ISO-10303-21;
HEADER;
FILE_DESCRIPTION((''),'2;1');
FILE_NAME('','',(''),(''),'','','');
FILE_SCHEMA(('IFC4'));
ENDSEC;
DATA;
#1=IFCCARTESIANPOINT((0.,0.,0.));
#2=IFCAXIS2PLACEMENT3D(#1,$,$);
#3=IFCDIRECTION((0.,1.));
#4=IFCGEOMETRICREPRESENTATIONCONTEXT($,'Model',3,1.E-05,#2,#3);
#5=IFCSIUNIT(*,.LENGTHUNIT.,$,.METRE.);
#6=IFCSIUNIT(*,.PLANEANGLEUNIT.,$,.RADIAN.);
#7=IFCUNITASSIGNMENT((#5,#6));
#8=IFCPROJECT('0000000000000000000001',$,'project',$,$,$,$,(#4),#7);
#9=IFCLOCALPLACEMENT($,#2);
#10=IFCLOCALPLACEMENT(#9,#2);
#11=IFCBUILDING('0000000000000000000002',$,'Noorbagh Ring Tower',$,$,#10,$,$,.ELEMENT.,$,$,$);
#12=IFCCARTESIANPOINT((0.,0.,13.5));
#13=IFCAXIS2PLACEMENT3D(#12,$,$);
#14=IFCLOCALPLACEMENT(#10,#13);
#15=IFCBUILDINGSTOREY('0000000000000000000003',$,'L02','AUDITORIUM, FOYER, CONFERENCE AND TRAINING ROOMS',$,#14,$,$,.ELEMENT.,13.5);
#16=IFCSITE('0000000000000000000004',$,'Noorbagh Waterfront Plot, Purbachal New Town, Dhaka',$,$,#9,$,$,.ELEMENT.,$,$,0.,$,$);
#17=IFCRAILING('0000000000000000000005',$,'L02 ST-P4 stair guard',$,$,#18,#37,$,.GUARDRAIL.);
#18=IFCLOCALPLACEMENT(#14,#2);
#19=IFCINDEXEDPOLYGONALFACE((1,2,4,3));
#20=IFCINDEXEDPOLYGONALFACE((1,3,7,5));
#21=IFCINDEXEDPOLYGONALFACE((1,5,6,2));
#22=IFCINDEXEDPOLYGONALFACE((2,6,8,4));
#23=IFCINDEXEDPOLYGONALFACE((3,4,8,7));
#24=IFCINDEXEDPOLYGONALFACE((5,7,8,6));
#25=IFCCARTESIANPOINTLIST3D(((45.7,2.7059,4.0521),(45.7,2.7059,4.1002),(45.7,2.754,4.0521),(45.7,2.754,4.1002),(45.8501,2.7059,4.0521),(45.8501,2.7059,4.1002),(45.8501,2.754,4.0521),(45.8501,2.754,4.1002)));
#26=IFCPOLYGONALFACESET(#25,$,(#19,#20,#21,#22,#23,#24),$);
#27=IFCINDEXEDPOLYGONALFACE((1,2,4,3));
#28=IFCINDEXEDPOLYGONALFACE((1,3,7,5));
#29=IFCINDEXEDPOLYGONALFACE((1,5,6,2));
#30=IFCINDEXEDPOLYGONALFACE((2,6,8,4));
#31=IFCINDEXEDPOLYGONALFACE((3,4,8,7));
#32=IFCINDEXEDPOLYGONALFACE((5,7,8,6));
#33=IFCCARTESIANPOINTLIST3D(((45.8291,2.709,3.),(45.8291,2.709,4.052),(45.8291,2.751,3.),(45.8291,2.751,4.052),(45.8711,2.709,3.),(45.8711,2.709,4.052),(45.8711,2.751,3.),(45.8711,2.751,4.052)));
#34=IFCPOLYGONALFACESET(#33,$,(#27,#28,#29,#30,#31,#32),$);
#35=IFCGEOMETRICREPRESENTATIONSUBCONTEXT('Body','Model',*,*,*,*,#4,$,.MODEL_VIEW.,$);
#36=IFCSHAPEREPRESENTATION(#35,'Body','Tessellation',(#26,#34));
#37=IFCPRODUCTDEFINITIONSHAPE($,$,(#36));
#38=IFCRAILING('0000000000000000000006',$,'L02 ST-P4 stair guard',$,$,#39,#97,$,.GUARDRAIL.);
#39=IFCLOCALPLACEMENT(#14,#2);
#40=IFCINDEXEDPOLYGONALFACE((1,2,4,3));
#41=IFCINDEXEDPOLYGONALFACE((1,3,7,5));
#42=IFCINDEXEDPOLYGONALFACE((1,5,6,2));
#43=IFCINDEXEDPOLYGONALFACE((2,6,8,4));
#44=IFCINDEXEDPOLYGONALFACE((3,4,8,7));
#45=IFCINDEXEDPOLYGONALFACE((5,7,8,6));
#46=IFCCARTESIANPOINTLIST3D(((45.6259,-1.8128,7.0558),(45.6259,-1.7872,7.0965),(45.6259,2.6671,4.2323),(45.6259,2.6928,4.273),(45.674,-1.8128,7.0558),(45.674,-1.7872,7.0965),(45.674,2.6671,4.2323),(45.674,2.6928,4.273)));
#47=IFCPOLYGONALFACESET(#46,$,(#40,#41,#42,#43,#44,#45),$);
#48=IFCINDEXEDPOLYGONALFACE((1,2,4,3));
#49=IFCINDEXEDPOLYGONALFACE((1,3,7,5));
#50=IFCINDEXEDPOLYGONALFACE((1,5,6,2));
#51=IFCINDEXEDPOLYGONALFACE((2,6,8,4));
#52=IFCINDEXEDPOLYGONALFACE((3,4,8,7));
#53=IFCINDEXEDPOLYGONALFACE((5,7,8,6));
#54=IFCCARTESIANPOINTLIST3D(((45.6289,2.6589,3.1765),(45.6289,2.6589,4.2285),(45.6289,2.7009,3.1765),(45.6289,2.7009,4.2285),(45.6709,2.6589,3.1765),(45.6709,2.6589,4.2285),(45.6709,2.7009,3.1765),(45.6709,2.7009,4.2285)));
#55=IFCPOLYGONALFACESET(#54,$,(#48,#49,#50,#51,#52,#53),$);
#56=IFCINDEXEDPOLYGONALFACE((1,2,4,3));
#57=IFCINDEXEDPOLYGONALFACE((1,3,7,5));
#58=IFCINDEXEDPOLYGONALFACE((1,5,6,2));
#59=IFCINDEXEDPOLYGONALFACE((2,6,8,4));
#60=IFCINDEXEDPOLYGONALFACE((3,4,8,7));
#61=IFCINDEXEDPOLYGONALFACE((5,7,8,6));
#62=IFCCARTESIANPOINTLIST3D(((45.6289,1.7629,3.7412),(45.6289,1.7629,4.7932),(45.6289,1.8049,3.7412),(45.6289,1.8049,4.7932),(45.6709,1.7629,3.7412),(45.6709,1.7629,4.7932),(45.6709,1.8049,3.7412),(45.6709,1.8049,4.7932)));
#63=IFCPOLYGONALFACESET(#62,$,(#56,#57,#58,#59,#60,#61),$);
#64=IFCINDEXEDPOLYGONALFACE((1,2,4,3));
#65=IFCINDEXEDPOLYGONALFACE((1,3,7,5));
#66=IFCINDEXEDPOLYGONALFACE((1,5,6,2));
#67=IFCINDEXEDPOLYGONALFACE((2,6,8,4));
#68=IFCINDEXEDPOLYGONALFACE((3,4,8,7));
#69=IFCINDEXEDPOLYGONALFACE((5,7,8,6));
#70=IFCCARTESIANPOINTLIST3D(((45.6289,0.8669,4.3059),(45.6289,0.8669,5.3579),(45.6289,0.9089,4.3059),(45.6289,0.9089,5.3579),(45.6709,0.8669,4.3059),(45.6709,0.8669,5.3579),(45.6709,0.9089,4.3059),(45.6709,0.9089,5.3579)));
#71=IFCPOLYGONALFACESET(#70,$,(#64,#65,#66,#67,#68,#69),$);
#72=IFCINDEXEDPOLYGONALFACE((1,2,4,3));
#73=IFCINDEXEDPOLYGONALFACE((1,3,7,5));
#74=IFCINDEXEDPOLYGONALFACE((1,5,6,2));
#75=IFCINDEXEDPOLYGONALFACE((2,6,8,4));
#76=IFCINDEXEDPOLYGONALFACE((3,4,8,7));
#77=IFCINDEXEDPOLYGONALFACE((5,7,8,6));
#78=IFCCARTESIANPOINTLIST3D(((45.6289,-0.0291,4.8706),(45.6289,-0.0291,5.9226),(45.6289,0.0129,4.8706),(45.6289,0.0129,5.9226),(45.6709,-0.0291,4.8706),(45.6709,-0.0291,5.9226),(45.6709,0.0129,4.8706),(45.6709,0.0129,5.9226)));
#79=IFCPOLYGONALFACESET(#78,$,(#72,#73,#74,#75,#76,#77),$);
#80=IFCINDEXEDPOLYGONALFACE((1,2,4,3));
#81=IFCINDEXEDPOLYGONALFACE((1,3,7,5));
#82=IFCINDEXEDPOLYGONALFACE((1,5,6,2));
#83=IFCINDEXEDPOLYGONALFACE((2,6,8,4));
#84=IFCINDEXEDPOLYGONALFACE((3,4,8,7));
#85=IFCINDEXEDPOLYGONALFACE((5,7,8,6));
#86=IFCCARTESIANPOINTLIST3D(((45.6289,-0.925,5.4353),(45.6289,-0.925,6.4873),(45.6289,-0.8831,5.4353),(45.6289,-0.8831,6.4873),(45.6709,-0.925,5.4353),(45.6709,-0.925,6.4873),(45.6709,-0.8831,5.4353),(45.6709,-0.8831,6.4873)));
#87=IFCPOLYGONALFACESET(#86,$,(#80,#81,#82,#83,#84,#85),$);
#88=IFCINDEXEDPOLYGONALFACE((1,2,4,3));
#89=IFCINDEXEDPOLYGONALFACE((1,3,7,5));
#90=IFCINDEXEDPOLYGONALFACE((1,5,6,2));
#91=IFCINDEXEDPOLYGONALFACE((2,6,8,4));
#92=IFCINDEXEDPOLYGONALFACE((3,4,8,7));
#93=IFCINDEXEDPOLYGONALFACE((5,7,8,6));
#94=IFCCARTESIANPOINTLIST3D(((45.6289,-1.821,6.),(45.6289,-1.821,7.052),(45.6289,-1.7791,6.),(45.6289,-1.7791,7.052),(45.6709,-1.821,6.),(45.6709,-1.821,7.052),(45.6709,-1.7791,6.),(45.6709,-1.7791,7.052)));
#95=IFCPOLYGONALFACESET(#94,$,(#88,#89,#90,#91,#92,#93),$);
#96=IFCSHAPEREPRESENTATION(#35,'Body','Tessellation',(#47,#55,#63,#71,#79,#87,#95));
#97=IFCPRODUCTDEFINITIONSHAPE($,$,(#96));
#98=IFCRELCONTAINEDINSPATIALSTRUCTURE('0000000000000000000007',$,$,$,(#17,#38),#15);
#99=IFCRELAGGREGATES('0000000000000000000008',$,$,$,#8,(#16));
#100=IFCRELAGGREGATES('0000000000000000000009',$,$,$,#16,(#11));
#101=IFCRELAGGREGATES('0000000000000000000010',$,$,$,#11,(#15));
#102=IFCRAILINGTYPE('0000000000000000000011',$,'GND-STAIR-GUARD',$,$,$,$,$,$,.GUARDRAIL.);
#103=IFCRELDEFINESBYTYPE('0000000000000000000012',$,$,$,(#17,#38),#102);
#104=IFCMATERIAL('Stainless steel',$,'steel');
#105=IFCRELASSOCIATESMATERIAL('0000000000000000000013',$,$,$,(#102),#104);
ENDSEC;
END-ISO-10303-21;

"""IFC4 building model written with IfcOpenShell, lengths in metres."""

from ifc_helpers import new_model, si_unit, direction, frame, origin, origin_2d, place, context, subcontext, project, spatial, rectangle, extrude, material, type_object, element, save


model = new_model("IFC4")

# Units and contexts
model_context = context("Model", 3, precision=1e-05, world=origin(), true_north=direction((0.0, 1.0)))
body_context = subcontext(model_context, "Body", "Model", "MODEL_VIEW")
ifc_project = project(units=[si_unit("LENGTHUNIT", "METRE"), si_unit("PLANEANGLEUNIT", "RADIAN")], contexts=[model_context])

# Site, building, storey
site_placement = place(None, origin())
site = spatial("IfcSite", under=ifc_project, at=site_placement, Name="Noorbagh Waterfront Plot, Purbachal New Town, Dhaka", CompositionType="ELEMENT", RefElevation=0.0)
building_placement = place(site_placement, origin())
building = spatial("IfcBuilding", under=site, at=building_placement, Name="Noorbagh Ring Tower", CompositionType="ELEMENT")
storey_placement = place(building_placement, frame((0.0, 0.0, 13.5)))
storey = spatial("IfcBuildingStorey", under=building, at=storey_placement, Name="L02", Description="AUDITORIUM, FOYER, CONFERENCE AND TRAINING ROOMS", CompositionType="ELEMENT", Elevation=13.5)

# Railings
ifc_material_1 = material(Name="Stainless steel", Category="steel")
railing_type = type_object("IfcRailingType", Name="GND-STAIR-GUARD", PredefinedType="GUARDRAIL", material=ifc_material_1)
railing_1_placement = place(storey_placement, frame((45.8501, 2.73, 3.0)))
element("IfcRailing", 1, at=railing_1_placement, inside=storey, type_object=railing_type, Name="L02 ST-P4 stair guard", PredefinedType="GUARDRAIL", context=body_context, shape_type="SweptSolid", body=[
    extrude(rectangle(XDim=0.0481, YDim=0.0481, at=origin_2d()), frame((0.0, 0.0, 1.0762), z_axis=(-1.0, 0.0, 0.0), x_axis=(0.0, -1.0, 0.0)), (0.0, 0.0, 1.0), 0.1501),
    extrude(rectangle(XDim=0.042, YDim=0.042, at=origin_2d()), origin(), (0.0, 0.0, 1.0), 1.052),
])
railing_2_placement = place(storey_placement, frame((45.6499, 2.6799, 3.1765)))
element("IfcRailing", 2, at=railing_2_placement, inside=storey, type_object=railing_type, Name="L02 ST-P4 stair guard", PredefinedType="GUARDRAIL", context=body_context, shape_type="SweptSolid", body=[
    extrude(rectangle(XDim=0.0481, YDim=0.0481, at=origin_2d()), frame((0.0, 0.0, 1.0762), z_axis=(0.0, -0.845998, 0.533186), x_axis=(1.0, 0.0, 0.0)), (0.0, 0.0, 1.0), 5.2954),
    extrude(rectangle(XDim=0.042, YDim=0.042, at=origin_2d()), origin(), (0.0, 0.0, 1.0), 1.052),
    extrude(rectangle(XDim=0.042, YDim=0.042, at=origin_2d()), frame((0.0, -0.896, 0.5647)), (0.0, 0.0, 1.0), 1.052),
    extrude(rectangle(XDim=0.042, YDim=0.042, at=origin_2d()), frame((0.0, -1.792, 1.1294)), (0.0, 0.0, 1.0), 1.052),
    extrude(rectangle(XDim=0.042, YDim=0.042, at=origin_2d()), frame((0.0, -2.688, 1.6941)), (0.0, 0.0, 1.0), 1.052),
    extrude(rectangle(XDim=0.042, YDim=0.042, at=origin_2d()), frame((0.0, -3.584, 2.2588)), (0.0, 0.0, 1.0), 1.052),
    extrude(rectangle(XDim=0.042, YDim=0.042, at=origin_2d()), frame((0.0, -4.48, 2.8235)), (0.0, 0.0, 1.0), 1.052),
])

save(model, "model.ifc")
